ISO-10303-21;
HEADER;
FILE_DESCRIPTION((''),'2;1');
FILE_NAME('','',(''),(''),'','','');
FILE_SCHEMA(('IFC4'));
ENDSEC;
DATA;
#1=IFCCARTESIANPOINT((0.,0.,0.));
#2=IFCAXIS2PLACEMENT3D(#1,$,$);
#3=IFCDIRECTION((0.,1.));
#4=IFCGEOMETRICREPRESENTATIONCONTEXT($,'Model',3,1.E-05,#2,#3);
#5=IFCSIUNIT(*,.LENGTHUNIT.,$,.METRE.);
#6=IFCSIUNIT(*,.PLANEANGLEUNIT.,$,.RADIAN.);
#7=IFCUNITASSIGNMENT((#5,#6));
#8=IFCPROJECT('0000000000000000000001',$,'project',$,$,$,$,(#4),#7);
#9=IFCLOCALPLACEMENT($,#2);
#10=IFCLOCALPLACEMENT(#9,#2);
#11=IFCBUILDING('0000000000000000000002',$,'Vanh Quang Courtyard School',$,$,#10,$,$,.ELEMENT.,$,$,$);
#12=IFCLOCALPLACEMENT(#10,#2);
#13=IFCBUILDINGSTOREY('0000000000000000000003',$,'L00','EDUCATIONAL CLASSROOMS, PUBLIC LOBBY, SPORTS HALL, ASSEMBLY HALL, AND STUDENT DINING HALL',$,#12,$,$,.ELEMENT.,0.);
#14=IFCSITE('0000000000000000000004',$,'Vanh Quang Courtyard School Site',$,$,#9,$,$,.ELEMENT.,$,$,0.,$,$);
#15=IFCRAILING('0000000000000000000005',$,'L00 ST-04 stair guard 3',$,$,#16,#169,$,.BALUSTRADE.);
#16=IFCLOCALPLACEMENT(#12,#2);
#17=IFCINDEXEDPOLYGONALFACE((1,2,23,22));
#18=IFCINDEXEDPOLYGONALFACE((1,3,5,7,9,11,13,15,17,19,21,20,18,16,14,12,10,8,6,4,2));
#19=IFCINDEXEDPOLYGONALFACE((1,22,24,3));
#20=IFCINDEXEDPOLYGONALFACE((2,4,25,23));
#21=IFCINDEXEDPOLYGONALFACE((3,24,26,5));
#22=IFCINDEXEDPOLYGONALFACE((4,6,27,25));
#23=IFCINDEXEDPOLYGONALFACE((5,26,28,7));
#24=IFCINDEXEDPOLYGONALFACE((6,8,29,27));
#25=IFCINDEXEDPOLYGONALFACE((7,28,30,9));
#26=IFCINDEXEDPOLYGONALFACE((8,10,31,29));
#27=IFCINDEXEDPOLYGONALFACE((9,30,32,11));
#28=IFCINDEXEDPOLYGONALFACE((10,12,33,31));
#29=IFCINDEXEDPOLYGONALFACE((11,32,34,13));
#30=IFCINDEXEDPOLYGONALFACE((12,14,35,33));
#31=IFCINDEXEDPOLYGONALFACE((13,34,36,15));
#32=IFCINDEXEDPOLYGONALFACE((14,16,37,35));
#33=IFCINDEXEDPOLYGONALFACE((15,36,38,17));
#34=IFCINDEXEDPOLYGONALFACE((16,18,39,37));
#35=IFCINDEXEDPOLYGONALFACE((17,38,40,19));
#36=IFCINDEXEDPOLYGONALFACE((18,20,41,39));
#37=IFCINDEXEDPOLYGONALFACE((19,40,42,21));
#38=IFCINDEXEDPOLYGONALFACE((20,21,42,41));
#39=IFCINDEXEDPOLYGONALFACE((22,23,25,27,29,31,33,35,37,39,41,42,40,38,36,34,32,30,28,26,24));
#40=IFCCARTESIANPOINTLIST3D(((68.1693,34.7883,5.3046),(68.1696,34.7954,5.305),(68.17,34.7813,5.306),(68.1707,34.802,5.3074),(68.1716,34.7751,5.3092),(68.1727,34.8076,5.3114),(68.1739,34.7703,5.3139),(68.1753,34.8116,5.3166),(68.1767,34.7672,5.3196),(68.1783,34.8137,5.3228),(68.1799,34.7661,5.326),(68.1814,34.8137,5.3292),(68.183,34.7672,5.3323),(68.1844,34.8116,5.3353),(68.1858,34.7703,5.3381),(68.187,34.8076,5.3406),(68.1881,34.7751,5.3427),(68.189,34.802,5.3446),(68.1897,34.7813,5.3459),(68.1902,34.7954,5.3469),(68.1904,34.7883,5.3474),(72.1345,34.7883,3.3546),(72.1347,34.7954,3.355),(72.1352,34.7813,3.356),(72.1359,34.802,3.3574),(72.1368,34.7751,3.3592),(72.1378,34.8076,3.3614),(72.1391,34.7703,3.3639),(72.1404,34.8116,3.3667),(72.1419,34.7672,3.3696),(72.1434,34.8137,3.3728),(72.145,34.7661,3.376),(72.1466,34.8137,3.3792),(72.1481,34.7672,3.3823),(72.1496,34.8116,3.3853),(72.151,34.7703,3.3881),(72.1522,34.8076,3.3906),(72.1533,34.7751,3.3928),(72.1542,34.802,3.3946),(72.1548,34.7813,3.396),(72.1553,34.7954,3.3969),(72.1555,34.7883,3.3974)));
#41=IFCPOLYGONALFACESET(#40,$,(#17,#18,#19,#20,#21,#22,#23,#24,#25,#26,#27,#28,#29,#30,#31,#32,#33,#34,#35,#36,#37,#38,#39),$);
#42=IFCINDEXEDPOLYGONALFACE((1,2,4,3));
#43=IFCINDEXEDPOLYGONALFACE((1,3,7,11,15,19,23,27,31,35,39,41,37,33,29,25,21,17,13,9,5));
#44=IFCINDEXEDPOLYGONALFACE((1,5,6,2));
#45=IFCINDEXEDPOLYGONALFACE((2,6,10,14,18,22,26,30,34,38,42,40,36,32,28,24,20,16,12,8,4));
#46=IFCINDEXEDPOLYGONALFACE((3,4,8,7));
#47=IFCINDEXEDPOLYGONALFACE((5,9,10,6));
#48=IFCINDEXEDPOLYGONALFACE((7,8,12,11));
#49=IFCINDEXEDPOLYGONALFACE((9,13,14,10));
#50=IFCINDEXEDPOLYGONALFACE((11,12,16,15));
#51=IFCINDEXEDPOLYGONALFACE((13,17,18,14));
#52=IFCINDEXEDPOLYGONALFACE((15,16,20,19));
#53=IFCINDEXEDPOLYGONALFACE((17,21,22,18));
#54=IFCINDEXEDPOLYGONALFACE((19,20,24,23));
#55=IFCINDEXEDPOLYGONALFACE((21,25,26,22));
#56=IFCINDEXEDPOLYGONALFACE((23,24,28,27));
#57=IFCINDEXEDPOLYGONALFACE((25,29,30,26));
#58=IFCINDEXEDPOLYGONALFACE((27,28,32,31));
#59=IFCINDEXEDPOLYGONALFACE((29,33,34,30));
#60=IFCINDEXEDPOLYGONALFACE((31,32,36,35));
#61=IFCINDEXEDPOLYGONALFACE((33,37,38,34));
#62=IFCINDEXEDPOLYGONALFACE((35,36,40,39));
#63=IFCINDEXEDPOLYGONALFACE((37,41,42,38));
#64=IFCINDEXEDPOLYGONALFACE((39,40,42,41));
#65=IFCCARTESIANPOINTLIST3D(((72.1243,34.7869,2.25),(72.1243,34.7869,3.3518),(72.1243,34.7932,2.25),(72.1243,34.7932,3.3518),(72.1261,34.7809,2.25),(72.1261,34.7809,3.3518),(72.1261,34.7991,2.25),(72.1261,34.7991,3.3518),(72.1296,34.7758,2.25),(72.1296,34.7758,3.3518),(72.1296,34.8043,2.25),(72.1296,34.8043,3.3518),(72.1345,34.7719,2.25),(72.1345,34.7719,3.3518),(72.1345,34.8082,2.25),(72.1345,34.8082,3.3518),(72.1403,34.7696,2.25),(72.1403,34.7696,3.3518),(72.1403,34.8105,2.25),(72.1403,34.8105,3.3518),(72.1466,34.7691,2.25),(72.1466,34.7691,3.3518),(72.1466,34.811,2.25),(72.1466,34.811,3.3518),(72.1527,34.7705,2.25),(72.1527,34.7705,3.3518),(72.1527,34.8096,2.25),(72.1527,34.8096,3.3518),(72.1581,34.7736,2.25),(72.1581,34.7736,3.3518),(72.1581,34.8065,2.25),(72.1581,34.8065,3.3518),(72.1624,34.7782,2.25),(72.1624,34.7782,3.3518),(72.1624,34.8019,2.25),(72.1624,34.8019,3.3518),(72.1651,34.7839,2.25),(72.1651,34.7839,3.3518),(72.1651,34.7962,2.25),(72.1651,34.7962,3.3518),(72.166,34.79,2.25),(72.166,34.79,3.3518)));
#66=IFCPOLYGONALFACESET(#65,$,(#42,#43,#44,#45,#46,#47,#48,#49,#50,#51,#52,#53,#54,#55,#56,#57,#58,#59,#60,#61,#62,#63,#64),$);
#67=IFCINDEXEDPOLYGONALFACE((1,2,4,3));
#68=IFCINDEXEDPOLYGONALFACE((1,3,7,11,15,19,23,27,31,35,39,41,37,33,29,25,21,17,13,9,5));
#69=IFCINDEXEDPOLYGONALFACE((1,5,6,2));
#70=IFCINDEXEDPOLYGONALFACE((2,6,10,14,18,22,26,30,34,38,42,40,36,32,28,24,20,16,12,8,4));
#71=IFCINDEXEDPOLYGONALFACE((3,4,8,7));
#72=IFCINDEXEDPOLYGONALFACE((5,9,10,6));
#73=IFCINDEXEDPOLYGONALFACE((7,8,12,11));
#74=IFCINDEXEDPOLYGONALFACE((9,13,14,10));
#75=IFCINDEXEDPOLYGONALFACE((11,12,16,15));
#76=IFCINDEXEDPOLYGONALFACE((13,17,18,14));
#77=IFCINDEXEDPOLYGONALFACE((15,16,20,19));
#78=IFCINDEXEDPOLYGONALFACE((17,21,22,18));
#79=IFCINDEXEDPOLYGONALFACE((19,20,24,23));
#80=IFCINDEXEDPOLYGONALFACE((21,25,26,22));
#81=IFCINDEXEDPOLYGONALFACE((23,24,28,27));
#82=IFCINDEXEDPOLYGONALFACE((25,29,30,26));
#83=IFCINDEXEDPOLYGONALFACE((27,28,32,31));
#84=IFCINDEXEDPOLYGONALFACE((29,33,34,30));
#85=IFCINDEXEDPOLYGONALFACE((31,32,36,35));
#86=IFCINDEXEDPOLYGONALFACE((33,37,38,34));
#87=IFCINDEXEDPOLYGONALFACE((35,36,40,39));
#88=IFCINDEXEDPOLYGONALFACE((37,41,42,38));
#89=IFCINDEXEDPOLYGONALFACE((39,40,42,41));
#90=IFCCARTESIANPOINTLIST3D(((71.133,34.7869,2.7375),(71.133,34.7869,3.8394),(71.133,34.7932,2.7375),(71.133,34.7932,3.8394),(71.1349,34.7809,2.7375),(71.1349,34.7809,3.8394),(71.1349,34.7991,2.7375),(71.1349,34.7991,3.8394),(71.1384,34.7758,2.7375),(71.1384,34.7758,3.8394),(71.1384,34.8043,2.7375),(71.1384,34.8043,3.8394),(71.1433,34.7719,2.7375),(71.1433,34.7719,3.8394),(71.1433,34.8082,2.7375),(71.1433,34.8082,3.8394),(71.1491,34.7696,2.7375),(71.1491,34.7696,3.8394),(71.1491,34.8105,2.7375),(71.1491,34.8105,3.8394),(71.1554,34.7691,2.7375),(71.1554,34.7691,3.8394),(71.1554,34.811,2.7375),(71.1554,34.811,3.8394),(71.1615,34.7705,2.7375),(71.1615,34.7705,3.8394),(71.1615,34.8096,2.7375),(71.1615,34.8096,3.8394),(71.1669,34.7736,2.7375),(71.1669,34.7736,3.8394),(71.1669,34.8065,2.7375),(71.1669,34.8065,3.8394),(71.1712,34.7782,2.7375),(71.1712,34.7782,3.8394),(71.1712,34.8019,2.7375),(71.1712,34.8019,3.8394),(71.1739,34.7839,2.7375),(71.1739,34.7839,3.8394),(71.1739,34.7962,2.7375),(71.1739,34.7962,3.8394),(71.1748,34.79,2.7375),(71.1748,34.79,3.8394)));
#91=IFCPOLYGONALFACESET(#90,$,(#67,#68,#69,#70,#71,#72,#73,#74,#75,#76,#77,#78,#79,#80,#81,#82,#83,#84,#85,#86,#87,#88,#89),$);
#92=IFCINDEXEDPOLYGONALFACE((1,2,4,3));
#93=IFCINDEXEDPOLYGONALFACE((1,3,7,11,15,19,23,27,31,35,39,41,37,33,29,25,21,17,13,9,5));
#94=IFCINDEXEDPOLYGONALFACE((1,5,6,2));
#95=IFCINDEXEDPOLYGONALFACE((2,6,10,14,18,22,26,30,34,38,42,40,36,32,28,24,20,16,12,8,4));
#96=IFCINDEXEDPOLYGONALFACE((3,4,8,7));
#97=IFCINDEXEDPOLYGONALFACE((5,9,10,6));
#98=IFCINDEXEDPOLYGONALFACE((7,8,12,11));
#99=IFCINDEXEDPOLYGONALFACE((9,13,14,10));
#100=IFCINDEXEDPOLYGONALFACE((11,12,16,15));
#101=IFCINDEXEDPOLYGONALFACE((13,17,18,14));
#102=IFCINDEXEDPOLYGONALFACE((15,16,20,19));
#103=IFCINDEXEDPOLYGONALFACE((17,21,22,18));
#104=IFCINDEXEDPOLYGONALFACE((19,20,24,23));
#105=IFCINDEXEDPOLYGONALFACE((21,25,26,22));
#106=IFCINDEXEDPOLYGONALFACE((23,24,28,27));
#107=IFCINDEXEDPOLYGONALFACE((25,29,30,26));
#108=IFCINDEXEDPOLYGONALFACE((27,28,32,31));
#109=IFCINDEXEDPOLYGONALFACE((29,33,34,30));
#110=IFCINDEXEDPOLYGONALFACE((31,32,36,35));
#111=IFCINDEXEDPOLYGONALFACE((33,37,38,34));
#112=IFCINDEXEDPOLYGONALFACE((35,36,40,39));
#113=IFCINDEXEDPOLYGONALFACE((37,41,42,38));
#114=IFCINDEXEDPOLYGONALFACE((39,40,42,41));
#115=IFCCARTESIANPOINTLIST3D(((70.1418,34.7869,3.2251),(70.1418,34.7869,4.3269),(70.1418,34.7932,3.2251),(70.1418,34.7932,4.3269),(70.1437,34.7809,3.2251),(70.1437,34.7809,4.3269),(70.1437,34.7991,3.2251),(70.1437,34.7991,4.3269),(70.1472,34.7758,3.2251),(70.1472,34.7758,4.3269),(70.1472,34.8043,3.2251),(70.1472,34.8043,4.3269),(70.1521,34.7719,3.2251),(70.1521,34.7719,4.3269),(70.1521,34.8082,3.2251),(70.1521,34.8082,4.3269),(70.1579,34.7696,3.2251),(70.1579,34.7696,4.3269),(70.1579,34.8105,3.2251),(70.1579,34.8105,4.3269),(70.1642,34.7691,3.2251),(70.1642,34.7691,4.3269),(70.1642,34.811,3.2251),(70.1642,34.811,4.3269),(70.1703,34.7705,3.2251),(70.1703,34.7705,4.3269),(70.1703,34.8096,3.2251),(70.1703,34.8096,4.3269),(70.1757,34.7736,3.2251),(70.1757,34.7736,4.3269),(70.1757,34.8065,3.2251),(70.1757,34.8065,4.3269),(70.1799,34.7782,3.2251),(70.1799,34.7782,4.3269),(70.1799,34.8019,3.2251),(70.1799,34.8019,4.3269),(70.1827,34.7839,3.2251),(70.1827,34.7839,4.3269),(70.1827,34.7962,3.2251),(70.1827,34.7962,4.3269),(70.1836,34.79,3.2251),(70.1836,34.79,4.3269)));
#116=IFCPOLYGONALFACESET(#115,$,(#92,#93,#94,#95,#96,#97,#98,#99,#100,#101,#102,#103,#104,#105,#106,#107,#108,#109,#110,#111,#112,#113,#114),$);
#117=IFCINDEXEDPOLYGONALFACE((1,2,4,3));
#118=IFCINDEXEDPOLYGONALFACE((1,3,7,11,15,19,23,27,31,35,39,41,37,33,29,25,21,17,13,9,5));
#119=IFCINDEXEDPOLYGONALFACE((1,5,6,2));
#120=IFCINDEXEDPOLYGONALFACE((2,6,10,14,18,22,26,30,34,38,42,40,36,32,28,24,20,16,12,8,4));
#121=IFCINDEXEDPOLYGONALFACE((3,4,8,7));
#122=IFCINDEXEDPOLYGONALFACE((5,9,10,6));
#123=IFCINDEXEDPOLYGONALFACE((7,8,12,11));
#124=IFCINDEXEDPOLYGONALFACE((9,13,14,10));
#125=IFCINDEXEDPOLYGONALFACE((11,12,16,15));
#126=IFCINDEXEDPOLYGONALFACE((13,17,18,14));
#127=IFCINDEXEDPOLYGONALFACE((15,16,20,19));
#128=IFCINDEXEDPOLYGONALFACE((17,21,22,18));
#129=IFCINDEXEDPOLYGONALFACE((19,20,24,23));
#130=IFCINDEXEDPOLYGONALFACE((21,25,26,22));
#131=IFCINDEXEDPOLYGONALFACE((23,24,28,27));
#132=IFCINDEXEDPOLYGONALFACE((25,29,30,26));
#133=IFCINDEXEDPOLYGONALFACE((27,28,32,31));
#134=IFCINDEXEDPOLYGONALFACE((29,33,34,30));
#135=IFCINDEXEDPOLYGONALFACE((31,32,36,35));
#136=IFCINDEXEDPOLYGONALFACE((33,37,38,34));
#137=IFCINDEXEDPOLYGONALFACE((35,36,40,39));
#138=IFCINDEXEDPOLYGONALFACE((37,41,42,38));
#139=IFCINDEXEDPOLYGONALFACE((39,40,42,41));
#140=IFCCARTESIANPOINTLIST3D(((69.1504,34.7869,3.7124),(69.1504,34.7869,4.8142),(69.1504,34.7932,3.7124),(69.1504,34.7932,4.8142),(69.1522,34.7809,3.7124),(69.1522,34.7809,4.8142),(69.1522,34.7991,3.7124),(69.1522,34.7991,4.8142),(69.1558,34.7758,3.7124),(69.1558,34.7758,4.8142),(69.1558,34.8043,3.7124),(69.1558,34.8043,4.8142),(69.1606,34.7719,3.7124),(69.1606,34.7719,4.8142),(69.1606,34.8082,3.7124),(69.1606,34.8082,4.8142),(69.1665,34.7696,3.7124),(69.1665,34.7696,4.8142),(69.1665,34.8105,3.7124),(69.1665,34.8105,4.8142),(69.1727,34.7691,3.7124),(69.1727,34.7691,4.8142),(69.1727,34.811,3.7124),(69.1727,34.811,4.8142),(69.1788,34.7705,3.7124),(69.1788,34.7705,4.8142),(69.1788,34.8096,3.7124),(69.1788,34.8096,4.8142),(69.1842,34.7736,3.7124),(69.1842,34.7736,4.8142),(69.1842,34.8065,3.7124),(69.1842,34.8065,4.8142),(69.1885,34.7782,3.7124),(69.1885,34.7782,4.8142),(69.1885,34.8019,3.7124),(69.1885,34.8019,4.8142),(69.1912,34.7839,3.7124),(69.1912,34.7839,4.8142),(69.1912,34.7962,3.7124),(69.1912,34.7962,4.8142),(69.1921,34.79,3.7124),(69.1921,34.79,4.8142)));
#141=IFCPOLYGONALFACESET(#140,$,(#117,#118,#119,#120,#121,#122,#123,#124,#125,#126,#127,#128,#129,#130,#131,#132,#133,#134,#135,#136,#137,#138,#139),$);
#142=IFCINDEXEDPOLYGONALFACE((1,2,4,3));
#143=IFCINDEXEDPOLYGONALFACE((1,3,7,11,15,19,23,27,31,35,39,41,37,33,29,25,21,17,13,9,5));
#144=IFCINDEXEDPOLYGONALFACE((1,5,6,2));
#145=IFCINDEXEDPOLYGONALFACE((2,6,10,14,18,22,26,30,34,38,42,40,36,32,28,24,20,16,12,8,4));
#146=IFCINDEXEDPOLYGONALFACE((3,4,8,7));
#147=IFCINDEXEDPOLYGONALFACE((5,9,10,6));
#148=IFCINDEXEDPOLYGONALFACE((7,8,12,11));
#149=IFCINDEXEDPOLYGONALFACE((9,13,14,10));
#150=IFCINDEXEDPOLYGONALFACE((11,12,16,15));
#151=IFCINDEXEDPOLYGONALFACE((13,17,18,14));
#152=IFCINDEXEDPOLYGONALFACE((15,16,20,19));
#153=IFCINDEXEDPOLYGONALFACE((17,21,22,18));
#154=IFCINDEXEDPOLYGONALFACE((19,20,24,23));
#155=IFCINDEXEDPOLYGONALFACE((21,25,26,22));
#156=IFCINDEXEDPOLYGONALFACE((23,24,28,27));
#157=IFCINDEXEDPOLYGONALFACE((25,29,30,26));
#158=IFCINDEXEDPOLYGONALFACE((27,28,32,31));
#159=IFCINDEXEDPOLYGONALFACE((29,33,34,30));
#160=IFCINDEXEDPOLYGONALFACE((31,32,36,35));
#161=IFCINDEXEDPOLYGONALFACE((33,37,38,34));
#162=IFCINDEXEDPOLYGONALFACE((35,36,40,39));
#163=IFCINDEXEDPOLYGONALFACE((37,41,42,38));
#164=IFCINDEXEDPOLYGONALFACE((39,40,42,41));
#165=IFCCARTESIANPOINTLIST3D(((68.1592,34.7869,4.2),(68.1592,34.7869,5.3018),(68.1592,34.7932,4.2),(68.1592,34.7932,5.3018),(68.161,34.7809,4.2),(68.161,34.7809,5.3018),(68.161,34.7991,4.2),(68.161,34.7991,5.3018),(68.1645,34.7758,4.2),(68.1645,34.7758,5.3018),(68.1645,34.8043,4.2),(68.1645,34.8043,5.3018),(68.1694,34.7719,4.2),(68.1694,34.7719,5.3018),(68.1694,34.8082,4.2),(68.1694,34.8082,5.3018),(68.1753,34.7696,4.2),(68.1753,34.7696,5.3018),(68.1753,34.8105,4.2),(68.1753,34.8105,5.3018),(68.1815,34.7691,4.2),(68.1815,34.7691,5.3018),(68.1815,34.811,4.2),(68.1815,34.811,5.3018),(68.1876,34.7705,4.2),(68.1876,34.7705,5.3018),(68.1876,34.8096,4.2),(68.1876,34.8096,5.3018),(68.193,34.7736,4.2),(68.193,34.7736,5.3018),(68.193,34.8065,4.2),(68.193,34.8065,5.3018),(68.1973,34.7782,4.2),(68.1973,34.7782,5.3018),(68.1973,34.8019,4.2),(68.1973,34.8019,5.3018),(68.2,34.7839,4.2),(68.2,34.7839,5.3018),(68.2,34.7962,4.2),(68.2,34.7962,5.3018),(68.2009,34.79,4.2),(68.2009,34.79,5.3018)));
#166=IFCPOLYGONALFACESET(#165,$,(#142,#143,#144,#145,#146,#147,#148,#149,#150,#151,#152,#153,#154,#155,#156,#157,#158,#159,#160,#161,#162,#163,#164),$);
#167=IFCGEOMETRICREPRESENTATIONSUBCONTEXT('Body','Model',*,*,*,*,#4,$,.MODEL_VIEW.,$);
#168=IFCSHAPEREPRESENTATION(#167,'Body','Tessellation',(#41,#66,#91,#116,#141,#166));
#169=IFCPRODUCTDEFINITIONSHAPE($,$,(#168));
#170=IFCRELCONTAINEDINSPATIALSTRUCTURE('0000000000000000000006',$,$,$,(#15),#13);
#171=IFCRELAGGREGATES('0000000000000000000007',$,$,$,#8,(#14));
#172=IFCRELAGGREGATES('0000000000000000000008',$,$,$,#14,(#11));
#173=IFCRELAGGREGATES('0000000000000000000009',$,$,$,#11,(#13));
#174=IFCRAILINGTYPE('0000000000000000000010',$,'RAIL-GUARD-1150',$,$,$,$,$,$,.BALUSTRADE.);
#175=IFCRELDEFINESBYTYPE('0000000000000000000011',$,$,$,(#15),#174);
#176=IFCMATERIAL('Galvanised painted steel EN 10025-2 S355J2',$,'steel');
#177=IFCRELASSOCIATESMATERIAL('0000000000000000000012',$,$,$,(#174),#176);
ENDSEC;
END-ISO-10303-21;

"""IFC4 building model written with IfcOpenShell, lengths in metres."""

from ifc_helpers import new_model, si_unit, direction, frame, origin, origin_2d, place, context, subcontext, project, spatial, circle, extrude, material, type_object, element, save


model = new_model("IFC4")

# Units and contexts
model_context = context("Model", 3, precision=1e-05, world=origin(), true_north=direction((0.0, 1.0)))
body_context = subcontext(model_context, "Body", "Model", "MODEL_VIEW")
ifc_project = project(units=[si_unit("LENGTHUNIT", "METRE"), si_unit("PLANEANGLEUNIT", "RADIAN")], contexts=[model_context])

# Site, building, storey
site_placement = place(None, origin())
site = spatial("IfcSite", under=ifc_project, at=site_placement, Name="Vanh Quang Courtyard School Site", CompositionType="ELEMENT", RefElevation=0.0)
building_placement = place(site_placement, origin())
building = spatial("IfcBuilding", under=site, at=building_placement, Name="Vanh Quang Courtyard School", CompositionType="ELEMENT")
storey_placement = place(building_placement, origin())
storey = spatial("IfcBuildingStorey", under=building, at=storey_placement, Name="L00", Description="EDUCATIONAL CLASSROOMS, PUBLIC LOBBY, SPORTS HALL, ASSEMBLY HALL, AND STUDENT DINING HALL", CompositionType="ELEMENT", Elevation=0.0)

# Railing
ifc_material_1 = material(Name="Galvanised painted steel EN 10025-2 S355J2", Category="steel")
railing_type_1 = type_object("IfcRailingType", Name="RAIL-GUARD-1150", PredefinedType="BALUSTRADE", material=ifc_material_1)
railing_1_placement = place(storey_placement, frame((72.145, 34.79, 2.25)))
element("IfcRailing", 1, at=railing_1_placement, inside=storey, type_object=railing_type_1, Name="L00 ST-04 stair guard 3", PredefinedType="BALUSTRADE", context=body_context, shape_type="SweptSolid", body=[
    extrude(circle(Radius=0.0239, at=origin_2d()), frame((0.0, 0.0, 1.126), z_axis=(-0.897358, 0.0, 0.441303), x_axis=(0.0, -1.0, 0.0)), (0.0, 0.0, 1.0), 4.4187),
    extrude(circle(Radius=0.021, at=origin_2d()), origin(), (0.0, 0.0, 1.0), 1.1018),
    extrude(circle(Radius=0.021, at=origin_2d()), frame((-0.9912, 0.0, 0.4875)), (0.0, 0.0, 1.0), 1.1018),
    extrude(circle(Radius=0.021, at=origin_2d()), frame((-1.9824, 0.0, 0.9751)), (0.0, 0.0, 1.0), 1.1018),
    extrude(circle(Radius=0.021, at=origin_2d()), frame((-2.9739, 0.0, 1.4624)), (0.0, 0.0, 1.0), 1.1018),
    extrude(circle(Radius=0.021, at=origin_2d()), frame((-3.9651, 0.0, 1.95)), (0.0, 0.0, 1.0), 1.1018),
])

save(model, "model.ifc")
